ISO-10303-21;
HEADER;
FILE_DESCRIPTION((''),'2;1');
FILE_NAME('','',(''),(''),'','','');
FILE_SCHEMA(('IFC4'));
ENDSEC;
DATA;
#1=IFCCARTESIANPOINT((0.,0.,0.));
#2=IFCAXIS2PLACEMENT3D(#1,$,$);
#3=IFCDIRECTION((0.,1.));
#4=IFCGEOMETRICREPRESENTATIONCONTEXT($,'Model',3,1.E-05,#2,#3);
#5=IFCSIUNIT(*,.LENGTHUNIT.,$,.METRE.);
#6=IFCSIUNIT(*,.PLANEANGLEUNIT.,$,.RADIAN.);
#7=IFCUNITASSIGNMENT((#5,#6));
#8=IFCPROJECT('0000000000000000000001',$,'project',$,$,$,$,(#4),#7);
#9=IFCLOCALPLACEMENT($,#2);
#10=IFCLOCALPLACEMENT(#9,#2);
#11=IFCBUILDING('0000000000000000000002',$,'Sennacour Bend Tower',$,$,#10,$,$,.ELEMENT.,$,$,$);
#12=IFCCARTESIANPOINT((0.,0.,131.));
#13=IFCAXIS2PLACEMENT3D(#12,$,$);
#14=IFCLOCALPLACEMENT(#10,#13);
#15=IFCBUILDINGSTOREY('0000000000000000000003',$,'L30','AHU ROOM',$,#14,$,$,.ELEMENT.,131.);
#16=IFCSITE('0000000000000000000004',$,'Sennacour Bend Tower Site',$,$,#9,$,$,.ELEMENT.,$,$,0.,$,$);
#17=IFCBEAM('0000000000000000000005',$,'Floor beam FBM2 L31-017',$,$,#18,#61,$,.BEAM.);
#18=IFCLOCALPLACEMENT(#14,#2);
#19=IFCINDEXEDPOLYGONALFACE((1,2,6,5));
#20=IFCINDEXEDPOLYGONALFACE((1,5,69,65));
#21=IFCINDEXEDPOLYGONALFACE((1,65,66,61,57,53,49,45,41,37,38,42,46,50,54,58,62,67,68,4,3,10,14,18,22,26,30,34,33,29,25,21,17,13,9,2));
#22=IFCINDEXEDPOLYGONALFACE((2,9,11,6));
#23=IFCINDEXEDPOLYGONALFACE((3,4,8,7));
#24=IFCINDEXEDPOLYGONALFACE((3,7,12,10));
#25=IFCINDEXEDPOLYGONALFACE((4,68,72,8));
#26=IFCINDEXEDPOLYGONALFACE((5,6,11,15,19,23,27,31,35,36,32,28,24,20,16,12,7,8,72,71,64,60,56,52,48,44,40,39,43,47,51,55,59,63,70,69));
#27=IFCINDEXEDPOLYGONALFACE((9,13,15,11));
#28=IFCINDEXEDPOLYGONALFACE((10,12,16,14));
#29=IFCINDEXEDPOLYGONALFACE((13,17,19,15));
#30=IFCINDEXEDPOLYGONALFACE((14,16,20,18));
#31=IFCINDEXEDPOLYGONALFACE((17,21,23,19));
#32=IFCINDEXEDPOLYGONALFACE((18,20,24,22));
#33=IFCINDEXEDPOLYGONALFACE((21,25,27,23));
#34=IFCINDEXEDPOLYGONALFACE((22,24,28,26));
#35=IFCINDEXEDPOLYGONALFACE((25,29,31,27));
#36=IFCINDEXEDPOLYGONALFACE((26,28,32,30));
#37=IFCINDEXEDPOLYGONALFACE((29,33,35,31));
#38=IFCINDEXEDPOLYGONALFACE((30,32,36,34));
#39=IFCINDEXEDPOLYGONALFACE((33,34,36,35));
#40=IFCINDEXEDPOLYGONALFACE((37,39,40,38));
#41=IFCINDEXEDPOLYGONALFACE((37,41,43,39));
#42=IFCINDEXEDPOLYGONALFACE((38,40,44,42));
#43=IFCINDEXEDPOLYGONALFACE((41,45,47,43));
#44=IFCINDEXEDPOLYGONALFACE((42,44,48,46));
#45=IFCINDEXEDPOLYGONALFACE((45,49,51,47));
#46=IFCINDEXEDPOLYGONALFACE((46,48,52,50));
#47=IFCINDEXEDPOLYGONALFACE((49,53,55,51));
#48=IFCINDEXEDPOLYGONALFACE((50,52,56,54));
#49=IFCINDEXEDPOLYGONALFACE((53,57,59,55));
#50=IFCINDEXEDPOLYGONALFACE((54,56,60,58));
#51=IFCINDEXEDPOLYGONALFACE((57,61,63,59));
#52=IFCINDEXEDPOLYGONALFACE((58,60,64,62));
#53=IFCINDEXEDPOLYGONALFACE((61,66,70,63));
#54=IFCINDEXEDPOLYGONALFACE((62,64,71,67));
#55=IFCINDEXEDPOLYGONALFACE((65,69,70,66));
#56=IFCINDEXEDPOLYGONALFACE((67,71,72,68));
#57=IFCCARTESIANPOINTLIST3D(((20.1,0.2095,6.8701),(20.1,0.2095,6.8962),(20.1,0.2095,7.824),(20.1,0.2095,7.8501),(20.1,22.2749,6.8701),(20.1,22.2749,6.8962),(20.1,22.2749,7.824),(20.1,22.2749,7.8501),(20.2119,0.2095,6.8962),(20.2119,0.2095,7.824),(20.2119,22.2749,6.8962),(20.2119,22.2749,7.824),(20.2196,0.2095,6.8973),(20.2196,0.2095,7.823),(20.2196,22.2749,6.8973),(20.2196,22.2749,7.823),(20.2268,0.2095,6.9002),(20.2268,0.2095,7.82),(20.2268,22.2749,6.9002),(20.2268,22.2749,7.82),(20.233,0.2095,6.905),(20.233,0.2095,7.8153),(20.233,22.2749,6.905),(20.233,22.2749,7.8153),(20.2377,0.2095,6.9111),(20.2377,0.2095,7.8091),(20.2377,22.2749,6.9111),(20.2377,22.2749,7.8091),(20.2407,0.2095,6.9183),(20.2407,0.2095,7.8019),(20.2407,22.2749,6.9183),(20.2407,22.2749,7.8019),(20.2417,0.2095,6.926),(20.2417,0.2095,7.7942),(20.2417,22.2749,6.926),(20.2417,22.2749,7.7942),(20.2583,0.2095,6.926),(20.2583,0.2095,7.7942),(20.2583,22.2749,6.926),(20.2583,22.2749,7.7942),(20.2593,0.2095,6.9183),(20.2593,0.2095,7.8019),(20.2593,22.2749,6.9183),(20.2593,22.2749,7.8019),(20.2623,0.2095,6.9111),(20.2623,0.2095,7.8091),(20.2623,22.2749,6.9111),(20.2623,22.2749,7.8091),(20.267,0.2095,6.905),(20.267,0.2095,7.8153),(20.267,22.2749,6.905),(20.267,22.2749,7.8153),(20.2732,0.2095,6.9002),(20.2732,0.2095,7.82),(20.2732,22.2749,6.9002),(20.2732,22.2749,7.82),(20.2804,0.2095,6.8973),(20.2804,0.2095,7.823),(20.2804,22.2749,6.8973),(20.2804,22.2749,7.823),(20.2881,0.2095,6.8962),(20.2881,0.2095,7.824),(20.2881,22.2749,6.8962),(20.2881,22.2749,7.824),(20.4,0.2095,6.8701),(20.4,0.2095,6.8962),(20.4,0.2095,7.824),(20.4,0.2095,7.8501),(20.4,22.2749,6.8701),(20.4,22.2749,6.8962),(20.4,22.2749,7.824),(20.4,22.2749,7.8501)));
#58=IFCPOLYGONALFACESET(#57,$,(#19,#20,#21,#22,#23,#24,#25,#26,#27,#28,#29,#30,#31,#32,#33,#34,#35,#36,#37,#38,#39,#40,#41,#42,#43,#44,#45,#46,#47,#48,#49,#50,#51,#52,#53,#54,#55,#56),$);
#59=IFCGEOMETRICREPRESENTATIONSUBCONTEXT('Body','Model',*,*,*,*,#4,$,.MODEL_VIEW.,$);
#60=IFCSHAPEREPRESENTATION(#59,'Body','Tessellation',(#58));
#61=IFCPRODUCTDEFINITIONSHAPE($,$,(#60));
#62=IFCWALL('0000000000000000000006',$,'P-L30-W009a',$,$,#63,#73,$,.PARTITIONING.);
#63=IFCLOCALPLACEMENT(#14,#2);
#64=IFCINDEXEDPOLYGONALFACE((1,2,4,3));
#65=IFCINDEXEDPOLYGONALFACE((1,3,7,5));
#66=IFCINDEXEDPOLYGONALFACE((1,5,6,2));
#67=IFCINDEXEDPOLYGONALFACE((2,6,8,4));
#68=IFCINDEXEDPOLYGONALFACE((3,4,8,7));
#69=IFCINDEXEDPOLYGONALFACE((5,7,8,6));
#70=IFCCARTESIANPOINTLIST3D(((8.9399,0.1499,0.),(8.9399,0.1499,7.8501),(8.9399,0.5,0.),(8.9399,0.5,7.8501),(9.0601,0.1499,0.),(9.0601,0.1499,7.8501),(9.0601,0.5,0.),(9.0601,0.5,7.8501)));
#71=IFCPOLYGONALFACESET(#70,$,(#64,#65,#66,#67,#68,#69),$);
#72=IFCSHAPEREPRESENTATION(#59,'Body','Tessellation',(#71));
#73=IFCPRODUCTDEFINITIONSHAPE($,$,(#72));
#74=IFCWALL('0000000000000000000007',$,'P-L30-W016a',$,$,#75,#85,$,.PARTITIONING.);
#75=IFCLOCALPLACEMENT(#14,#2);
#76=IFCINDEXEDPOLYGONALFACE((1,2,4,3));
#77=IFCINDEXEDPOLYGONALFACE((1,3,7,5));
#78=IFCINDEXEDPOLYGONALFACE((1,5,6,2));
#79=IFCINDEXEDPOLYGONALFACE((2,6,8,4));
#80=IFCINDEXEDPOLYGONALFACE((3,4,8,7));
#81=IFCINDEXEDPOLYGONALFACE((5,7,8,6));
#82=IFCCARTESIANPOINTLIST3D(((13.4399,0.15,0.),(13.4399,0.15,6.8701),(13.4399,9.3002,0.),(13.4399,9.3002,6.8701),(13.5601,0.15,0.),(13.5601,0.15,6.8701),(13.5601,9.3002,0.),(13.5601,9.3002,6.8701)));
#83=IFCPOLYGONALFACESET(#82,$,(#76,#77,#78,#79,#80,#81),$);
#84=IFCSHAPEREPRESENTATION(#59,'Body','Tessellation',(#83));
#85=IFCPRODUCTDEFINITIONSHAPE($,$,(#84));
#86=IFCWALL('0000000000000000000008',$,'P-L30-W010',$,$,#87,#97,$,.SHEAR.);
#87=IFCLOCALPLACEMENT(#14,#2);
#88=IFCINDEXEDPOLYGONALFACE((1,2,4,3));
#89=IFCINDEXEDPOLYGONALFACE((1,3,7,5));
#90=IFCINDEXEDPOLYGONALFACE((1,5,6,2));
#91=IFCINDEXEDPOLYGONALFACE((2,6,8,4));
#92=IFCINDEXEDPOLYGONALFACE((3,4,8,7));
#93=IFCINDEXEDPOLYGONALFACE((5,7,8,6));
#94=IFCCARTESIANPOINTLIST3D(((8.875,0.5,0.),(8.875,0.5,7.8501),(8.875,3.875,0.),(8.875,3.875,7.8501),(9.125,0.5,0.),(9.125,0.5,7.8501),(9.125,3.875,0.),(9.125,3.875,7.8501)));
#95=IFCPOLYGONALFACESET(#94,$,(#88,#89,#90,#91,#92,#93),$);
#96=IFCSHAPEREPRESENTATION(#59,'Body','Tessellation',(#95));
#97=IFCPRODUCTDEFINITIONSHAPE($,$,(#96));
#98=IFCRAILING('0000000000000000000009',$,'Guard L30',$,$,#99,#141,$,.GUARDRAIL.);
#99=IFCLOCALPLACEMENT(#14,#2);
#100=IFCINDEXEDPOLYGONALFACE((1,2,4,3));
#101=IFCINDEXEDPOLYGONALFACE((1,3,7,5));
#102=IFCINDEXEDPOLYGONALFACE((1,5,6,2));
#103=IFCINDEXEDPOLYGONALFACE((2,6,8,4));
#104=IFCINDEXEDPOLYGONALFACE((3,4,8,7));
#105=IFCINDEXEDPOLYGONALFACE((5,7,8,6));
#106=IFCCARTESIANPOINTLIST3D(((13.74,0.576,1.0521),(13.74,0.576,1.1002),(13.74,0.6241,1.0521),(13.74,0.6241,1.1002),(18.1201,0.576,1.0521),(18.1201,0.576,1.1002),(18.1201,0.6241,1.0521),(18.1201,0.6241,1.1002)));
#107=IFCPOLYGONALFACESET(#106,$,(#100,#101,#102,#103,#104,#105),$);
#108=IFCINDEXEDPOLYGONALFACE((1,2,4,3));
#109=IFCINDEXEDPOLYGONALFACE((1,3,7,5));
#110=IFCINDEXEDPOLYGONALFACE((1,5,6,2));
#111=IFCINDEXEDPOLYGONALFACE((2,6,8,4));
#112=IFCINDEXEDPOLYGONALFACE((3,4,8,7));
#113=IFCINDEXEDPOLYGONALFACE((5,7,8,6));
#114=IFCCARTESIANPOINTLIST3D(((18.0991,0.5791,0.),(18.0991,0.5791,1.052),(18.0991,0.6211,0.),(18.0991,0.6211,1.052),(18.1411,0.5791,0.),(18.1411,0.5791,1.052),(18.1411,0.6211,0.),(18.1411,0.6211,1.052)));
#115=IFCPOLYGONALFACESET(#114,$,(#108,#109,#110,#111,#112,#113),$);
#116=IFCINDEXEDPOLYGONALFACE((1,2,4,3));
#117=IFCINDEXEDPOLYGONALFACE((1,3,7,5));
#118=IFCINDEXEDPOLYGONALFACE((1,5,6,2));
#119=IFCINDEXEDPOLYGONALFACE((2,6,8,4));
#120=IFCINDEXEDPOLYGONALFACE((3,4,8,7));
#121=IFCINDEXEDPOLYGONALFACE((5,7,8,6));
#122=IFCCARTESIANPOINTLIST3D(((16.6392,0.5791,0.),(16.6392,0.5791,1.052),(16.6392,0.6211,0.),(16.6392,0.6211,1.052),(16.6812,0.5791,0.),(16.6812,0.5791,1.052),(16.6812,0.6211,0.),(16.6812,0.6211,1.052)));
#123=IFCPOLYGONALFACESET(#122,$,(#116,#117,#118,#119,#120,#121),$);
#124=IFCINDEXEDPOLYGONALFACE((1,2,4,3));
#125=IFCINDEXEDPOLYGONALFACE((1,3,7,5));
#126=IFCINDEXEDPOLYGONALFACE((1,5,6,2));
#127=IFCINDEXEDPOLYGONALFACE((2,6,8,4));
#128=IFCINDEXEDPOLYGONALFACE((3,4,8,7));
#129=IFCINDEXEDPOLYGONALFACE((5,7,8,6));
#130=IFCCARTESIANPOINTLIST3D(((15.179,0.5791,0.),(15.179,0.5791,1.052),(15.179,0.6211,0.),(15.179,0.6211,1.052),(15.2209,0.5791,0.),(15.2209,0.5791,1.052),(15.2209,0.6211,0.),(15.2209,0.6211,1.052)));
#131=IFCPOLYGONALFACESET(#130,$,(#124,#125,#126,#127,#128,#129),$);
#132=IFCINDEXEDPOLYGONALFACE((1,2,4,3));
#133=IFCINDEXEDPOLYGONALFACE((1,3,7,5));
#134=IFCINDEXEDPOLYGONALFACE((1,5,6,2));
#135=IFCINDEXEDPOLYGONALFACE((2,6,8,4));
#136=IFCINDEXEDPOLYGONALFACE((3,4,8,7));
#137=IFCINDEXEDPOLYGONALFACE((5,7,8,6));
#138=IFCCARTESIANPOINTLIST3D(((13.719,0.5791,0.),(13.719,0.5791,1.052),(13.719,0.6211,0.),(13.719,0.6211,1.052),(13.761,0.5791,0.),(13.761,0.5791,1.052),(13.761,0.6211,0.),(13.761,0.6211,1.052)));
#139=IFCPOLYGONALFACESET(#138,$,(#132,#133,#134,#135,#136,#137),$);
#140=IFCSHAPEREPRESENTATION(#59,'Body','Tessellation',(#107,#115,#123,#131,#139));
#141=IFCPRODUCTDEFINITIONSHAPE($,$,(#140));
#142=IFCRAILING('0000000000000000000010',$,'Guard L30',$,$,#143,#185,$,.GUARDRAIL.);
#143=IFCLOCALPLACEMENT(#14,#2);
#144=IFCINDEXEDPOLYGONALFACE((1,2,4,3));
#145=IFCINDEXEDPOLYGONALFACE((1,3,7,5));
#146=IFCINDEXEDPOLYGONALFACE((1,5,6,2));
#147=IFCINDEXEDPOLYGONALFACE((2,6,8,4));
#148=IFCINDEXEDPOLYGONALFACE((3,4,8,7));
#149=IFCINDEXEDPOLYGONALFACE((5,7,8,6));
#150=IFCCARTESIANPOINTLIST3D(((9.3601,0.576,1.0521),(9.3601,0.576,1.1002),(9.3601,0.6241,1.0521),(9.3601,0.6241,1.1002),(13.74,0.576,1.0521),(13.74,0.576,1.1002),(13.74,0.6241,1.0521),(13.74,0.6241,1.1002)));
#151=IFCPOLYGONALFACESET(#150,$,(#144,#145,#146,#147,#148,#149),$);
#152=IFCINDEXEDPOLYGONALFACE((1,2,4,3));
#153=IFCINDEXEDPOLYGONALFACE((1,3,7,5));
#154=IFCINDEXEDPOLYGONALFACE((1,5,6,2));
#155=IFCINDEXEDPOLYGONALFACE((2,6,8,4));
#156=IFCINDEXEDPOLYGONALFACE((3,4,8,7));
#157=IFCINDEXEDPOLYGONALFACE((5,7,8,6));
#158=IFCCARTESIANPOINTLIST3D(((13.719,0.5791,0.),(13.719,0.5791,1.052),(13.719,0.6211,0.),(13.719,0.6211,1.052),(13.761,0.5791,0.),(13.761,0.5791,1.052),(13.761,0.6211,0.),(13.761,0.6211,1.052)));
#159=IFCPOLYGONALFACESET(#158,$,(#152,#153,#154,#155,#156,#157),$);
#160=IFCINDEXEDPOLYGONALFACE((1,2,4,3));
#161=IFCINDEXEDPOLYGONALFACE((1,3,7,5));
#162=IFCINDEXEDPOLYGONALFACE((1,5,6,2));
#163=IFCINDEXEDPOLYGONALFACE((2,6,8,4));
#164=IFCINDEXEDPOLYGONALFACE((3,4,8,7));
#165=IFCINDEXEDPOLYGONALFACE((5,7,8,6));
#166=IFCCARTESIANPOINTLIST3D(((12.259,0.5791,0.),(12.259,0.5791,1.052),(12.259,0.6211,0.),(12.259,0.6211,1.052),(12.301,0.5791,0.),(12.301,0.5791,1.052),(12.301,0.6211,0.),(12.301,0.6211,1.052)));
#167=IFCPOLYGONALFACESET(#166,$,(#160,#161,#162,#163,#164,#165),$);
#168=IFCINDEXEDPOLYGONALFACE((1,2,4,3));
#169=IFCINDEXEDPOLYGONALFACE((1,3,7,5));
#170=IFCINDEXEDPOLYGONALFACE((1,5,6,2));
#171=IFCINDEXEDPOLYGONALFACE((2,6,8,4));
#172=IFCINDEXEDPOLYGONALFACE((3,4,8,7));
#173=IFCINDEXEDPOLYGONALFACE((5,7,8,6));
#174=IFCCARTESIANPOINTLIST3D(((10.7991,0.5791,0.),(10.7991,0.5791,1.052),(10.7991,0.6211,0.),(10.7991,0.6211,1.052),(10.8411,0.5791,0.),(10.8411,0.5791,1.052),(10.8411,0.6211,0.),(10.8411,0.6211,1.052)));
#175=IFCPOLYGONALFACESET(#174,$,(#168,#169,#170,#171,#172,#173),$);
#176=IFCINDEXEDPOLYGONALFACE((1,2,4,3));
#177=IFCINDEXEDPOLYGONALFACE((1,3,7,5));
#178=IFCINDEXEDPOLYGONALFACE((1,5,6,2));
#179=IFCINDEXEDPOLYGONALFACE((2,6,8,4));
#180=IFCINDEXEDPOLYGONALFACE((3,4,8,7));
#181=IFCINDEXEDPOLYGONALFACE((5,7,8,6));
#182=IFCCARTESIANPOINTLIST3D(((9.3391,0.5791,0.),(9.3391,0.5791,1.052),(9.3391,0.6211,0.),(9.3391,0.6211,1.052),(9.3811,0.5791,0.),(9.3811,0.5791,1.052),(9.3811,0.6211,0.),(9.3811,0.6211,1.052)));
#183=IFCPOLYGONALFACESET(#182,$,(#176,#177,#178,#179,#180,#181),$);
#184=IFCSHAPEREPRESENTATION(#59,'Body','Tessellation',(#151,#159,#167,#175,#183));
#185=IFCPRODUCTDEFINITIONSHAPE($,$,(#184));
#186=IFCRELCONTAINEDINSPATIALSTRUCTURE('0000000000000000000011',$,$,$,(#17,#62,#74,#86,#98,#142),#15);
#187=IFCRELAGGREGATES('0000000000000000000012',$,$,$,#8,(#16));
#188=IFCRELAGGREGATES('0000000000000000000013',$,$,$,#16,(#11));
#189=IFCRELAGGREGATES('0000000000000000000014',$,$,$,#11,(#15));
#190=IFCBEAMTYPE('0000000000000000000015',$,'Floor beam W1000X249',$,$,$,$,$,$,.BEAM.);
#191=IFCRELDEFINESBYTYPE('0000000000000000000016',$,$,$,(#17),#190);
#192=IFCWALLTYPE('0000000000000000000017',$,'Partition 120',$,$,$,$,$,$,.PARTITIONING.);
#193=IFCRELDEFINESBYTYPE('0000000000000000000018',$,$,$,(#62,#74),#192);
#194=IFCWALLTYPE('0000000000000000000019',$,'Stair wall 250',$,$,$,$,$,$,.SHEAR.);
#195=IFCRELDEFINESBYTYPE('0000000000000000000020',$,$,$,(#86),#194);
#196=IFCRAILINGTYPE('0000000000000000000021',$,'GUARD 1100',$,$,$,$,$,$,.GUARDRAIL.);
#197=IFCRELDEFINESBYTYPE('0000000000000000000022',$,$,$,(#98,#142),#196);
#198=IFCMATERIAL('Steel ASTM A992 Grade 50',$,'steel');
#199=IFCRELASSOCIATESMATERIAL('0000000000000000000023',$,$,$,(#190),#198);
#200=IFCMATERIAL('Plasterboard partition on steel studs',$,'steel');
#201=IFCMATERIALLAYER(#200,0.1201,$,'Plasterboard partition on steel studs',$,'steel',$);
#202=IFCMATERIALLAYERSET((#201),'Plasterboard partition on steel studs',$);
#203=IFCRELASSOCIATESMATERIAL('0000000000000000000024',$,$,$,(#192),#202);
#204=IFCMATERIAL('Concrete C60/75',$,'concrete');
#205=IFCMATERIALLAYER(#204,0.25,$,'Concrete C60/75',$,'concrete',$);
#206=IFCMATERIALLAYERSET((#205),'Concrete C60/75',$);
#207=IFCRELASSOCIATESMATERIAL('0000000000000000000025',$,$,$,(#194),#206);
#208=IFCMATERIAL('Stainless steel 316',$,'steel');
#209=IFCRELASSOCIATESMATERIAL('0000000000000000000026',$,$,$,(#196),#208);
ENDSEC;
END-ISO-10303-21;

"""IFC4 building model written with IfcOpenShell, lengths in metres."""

from ifc_helpers import new_model, si_unit, direction, frame, frame_2d, origin, origin_2d, place, context, subcontext, project, spatial, rectangle, i_section, extrude, material, layer, layer_set, material_profile, profile_set, type_object, element, save


model = new_model("IFC4")

# Units and contexts
model_context = context("Model", 3, precision=1e-05, world=origin(), true_north=direction((0.0, 1.0)))
body_context = subcontext(model_context, "Body", "Model", "MODEL_VIEW")
ifc_project = project(units=[si_unit("LENGTHUNIT", "METRE"), si_unit("PLANEANGLEUNIT", "RADIAN")], contexts=[model_context])

# Site, building, storey
site_placement = place(None, origin())
site = spatial("IfcSite", under=ifc_project, at=site_placement, Name="Sennacour Bend Tower Site", CompositionType="ELEMENT", RefElevation=0.0)
building_placement = place(site_placement, origin())
building = spatial("IfcBuilding", under=site, at=building_placement, Name="Sennacour Bend Tower", CompositionType="ELEMENT")
storey_placement = place(building_placement, frame((0.0, 0.0, 131.0)))
storey = spatial("IfcBuildingStorey", under=building, at=storey_placement, Name="L30", Description="AHU ROOM", CompositionType="ELEMENT", Elevation=131.0)

# Shared definitions
ifc_material_1 = material(Name="Steel ASTM A992 Grade 50", Category="steel")

# Beam
ifc_material_profile_1 = material_profile(ifc_material_1, i_section(OverallWidth=0.3, OverallDepth=0.98, WebThickness=0.0166, FlangeThickness=0.0261, FilletRadius=0.0298, at=origin_2d()), Name="Steel ASTM A992 Grade 50", Category="steel")
ifc_profile_set_1 = profile_set([ifc_material_profile_1], Name="Steel ASTM A992 Grade 50")
beam_type = type_object("IfcBeamType", Name="Floor beam W1000X249", PredefinedType="BEAM", material=ifc_profile_set_1)
beam_1_placement = place(storey_placement, frame((20.25, 0.2095, 7.3601), z_axis=(0.0, 1.0, 0.0), x_axis=(-1.0, 0.0, 0.0)))
element("IfcBeam", 1, at=beam_1_placement, inside=storey, type_object=beam_type, Name="Floor beam FBM2 L31-017", PredefinedType="BEAM", context=body_context, shape_type="SweptSolid", body=[
    extrude(i_section(OverallWidth=0.3, OverallDepth=0.98, WebThickness=0.0166, FlangeThickness=0.0261, FilletRadius=0.0298, at=origin_2d()), origin(), (0.0, 0.0, 1.0), 22.0654),
])

# Walls
ifc_material_2 = material(Name="Plasterboard partition on steel studs", Category="steel")
ifc_layer_1 = layer(ifc_material_2, 0.1201, Name="Plasterboard partition on steel studs", Category="steel")
ifc_layer_set_1 = layer_set([ifc_layer_1], Name="Plasterboard partition on steel studs")
wall_type_1 = type_object("IfcWallType", Name="Partition 120", PredefinedType="PARTITIONING", material=ifc_layer_set_1)
wall_1_placement = place(storey_placement, frame((9.0, 0.1499, 0.0), z_axis=(0.0, 0.0, 1.0), x_axis=(0.0, 1.0, 0.0)))
element("IfcWall", 2, at=wall_1_placement, inside=storey, type_object=wall_type_1, Name="P-L30-W009a", PredefinedType="PARTITIONING", context=body_context, shape_type="SweptSolid", body=[
    extrude(rectangle(XDim=0.3501, YDim=0.1201, at=frame_2d((0.175, 0.0))), origin(), (0.0, 0.0, 1.0), 7.8501),
])
wall_2_placement = place(storey_placement, frame((13.5, 0.1499, 0.0), z_axis=(0.0, 0.0, 1.0), x_axis=(0.0, 1.0, 0.0)))
element("IfcWall", 3, at=wall_2_placement, inside=storey, type_object=wall_type_1, Name="P-L30-W016a", PredefinedType="PARTITIONING", context=body_context, shape_type="SweptSolid", body=[
    extrude(rectangle(XDim=9.1501, YDim=0.1201, at=frame_2d((4.5752, 0.0))), origin(), (0.0, 0.0, 1.0), 6.8701),
])
ifc_material_3 = material(Name="Concrete C60/75", Category="concrete")
ifc_layer_2 = layer(ifc_material_3, 0.25, Name="Concrete C60/75", Category="concrete")
ifc_layer_set_2 = layer_set([ifc_layer_2], Name="Concrete C60/75")
wall_type_2 = type_object("IfcWallType", Name="Stair wall 250", PredefinedType="SHEAR", material=ifc_layer_set_2)
wall_3_placement = place(storey_placement, frame((9.0, 0.5, 0.0), z_axis=(0.0, 0.0, 1.0), x_axis=(0.0, 1.0, 0.0)))
element("IfcWall", 4, at=wall_3_placement, inside=storey, type_object=wall_type_2, Name="P-L30-W010", PredefinedType="SHEAR", context=body_context, shape_type="SweptSolid", body=[
    extrude(rectangle(XDim=3.375, YDim=0.25, at=frame_2d((1.6875, 0.0))), origin(), (0.0, 0.0, 1.0), 7.8501),
])

# Railings
ifc_material_4 = material(Name="Stainless steel 316", Category="steel")
railing_type = type_object("IfcRailingType", Name="GUARD 1100", PredefinedType="GUARDRAIL", material=ifc_material_4)
railing_1_placement = place(storey_placement, frame((18.1201, 0.6001, 0.0)))
element("IfcRailing", 5, at=railing_1_placement, inside=storey, type_object=railing_type, Name="Guard L30", PredefinedType="GUARDRAIL", context=body_context, shape_type="SweptSolid", body=[
    extrude(rectangle(XDim=0.0481, YDim=0.0481, at=origin_2d()), frame((0.0, 0.0, 1.0762), z_axis=(-1.0, 0.0, 0.0), x_axis=(0.0, -1.0, 0.0)), (0.0, 0.0, 1.0), 4.3801),
    extrude(rectangle(XDim=0.042, YDim=0.042, at=origin_2d()), origin(), (0.0, 0.0, 1.0), 1.052),
    extrude(rectangle(XDim=0.042, YDim=0.042, at=origin_2d()), frame((-1.46, 0.0, 0.0)), (0.0, 0.0, 1.0), 1.052),
    extrude(rectangle(XDim=0.042, YDim=0.042, at=origin_2d()), frame((-2.9202, 0.0, 0.0)), (0.0, 0.0, 1.0), 1.052),
    extrude(rectangle(XDim=0.042, YDim=0.042, at=origin_2d()), frame((-4.3801, 0.0, 0.0)), (0.0, 0.0, 1.0), 1.052),
])
railing_2_placement = place(storey_placement, frame((13.74, 0.6001, 0.0)))
element("IfcRailing", 6, at=railing_2_placement, inside=storey, type_object=railing_type, Name="Guard L30", PredefinedType="GUARDRAIL", context=body_context, shape_type="SweptSolid", body=[
    extrude(rectangle(XDim=0.0481, YDim=0.0481, at=origin_2d()), frame((0.0, 0.0, 1.0762), z_axis=(-1.0, 0.0, 0.0), x_axis=(0.0, -1.0, 0.0)), (0.0, 0.0, 1.0), 4.3799),
    extrude(rectangle(XDim=0.042, YDim=0.042, at=origin_2d()), origin(), (0.0, 0.0, 1.0), 1.052),
    extrude(rectangle(XDim=0.042, YDim=0.042, at=origin_2d()), frame((-1.46, 0.0, 0.0)), (0.0, 0.0, 1.0), 1.052),
    extrude(rectangle(XDim=0.042, YDim=0.042, at=origin_2d()), frame((-2.9199, 0.0, 0.0)), (0.0, 0.0, 1.0), 1.052),
    extrude(rectangle(XDim=0.042, YDim=0.042, at=origin_2d()), frame((-4.3799, 0.0, 0.0)), (0.0, 0.0, 1.0), 1.052),
])

save(model, "model.ifc")
